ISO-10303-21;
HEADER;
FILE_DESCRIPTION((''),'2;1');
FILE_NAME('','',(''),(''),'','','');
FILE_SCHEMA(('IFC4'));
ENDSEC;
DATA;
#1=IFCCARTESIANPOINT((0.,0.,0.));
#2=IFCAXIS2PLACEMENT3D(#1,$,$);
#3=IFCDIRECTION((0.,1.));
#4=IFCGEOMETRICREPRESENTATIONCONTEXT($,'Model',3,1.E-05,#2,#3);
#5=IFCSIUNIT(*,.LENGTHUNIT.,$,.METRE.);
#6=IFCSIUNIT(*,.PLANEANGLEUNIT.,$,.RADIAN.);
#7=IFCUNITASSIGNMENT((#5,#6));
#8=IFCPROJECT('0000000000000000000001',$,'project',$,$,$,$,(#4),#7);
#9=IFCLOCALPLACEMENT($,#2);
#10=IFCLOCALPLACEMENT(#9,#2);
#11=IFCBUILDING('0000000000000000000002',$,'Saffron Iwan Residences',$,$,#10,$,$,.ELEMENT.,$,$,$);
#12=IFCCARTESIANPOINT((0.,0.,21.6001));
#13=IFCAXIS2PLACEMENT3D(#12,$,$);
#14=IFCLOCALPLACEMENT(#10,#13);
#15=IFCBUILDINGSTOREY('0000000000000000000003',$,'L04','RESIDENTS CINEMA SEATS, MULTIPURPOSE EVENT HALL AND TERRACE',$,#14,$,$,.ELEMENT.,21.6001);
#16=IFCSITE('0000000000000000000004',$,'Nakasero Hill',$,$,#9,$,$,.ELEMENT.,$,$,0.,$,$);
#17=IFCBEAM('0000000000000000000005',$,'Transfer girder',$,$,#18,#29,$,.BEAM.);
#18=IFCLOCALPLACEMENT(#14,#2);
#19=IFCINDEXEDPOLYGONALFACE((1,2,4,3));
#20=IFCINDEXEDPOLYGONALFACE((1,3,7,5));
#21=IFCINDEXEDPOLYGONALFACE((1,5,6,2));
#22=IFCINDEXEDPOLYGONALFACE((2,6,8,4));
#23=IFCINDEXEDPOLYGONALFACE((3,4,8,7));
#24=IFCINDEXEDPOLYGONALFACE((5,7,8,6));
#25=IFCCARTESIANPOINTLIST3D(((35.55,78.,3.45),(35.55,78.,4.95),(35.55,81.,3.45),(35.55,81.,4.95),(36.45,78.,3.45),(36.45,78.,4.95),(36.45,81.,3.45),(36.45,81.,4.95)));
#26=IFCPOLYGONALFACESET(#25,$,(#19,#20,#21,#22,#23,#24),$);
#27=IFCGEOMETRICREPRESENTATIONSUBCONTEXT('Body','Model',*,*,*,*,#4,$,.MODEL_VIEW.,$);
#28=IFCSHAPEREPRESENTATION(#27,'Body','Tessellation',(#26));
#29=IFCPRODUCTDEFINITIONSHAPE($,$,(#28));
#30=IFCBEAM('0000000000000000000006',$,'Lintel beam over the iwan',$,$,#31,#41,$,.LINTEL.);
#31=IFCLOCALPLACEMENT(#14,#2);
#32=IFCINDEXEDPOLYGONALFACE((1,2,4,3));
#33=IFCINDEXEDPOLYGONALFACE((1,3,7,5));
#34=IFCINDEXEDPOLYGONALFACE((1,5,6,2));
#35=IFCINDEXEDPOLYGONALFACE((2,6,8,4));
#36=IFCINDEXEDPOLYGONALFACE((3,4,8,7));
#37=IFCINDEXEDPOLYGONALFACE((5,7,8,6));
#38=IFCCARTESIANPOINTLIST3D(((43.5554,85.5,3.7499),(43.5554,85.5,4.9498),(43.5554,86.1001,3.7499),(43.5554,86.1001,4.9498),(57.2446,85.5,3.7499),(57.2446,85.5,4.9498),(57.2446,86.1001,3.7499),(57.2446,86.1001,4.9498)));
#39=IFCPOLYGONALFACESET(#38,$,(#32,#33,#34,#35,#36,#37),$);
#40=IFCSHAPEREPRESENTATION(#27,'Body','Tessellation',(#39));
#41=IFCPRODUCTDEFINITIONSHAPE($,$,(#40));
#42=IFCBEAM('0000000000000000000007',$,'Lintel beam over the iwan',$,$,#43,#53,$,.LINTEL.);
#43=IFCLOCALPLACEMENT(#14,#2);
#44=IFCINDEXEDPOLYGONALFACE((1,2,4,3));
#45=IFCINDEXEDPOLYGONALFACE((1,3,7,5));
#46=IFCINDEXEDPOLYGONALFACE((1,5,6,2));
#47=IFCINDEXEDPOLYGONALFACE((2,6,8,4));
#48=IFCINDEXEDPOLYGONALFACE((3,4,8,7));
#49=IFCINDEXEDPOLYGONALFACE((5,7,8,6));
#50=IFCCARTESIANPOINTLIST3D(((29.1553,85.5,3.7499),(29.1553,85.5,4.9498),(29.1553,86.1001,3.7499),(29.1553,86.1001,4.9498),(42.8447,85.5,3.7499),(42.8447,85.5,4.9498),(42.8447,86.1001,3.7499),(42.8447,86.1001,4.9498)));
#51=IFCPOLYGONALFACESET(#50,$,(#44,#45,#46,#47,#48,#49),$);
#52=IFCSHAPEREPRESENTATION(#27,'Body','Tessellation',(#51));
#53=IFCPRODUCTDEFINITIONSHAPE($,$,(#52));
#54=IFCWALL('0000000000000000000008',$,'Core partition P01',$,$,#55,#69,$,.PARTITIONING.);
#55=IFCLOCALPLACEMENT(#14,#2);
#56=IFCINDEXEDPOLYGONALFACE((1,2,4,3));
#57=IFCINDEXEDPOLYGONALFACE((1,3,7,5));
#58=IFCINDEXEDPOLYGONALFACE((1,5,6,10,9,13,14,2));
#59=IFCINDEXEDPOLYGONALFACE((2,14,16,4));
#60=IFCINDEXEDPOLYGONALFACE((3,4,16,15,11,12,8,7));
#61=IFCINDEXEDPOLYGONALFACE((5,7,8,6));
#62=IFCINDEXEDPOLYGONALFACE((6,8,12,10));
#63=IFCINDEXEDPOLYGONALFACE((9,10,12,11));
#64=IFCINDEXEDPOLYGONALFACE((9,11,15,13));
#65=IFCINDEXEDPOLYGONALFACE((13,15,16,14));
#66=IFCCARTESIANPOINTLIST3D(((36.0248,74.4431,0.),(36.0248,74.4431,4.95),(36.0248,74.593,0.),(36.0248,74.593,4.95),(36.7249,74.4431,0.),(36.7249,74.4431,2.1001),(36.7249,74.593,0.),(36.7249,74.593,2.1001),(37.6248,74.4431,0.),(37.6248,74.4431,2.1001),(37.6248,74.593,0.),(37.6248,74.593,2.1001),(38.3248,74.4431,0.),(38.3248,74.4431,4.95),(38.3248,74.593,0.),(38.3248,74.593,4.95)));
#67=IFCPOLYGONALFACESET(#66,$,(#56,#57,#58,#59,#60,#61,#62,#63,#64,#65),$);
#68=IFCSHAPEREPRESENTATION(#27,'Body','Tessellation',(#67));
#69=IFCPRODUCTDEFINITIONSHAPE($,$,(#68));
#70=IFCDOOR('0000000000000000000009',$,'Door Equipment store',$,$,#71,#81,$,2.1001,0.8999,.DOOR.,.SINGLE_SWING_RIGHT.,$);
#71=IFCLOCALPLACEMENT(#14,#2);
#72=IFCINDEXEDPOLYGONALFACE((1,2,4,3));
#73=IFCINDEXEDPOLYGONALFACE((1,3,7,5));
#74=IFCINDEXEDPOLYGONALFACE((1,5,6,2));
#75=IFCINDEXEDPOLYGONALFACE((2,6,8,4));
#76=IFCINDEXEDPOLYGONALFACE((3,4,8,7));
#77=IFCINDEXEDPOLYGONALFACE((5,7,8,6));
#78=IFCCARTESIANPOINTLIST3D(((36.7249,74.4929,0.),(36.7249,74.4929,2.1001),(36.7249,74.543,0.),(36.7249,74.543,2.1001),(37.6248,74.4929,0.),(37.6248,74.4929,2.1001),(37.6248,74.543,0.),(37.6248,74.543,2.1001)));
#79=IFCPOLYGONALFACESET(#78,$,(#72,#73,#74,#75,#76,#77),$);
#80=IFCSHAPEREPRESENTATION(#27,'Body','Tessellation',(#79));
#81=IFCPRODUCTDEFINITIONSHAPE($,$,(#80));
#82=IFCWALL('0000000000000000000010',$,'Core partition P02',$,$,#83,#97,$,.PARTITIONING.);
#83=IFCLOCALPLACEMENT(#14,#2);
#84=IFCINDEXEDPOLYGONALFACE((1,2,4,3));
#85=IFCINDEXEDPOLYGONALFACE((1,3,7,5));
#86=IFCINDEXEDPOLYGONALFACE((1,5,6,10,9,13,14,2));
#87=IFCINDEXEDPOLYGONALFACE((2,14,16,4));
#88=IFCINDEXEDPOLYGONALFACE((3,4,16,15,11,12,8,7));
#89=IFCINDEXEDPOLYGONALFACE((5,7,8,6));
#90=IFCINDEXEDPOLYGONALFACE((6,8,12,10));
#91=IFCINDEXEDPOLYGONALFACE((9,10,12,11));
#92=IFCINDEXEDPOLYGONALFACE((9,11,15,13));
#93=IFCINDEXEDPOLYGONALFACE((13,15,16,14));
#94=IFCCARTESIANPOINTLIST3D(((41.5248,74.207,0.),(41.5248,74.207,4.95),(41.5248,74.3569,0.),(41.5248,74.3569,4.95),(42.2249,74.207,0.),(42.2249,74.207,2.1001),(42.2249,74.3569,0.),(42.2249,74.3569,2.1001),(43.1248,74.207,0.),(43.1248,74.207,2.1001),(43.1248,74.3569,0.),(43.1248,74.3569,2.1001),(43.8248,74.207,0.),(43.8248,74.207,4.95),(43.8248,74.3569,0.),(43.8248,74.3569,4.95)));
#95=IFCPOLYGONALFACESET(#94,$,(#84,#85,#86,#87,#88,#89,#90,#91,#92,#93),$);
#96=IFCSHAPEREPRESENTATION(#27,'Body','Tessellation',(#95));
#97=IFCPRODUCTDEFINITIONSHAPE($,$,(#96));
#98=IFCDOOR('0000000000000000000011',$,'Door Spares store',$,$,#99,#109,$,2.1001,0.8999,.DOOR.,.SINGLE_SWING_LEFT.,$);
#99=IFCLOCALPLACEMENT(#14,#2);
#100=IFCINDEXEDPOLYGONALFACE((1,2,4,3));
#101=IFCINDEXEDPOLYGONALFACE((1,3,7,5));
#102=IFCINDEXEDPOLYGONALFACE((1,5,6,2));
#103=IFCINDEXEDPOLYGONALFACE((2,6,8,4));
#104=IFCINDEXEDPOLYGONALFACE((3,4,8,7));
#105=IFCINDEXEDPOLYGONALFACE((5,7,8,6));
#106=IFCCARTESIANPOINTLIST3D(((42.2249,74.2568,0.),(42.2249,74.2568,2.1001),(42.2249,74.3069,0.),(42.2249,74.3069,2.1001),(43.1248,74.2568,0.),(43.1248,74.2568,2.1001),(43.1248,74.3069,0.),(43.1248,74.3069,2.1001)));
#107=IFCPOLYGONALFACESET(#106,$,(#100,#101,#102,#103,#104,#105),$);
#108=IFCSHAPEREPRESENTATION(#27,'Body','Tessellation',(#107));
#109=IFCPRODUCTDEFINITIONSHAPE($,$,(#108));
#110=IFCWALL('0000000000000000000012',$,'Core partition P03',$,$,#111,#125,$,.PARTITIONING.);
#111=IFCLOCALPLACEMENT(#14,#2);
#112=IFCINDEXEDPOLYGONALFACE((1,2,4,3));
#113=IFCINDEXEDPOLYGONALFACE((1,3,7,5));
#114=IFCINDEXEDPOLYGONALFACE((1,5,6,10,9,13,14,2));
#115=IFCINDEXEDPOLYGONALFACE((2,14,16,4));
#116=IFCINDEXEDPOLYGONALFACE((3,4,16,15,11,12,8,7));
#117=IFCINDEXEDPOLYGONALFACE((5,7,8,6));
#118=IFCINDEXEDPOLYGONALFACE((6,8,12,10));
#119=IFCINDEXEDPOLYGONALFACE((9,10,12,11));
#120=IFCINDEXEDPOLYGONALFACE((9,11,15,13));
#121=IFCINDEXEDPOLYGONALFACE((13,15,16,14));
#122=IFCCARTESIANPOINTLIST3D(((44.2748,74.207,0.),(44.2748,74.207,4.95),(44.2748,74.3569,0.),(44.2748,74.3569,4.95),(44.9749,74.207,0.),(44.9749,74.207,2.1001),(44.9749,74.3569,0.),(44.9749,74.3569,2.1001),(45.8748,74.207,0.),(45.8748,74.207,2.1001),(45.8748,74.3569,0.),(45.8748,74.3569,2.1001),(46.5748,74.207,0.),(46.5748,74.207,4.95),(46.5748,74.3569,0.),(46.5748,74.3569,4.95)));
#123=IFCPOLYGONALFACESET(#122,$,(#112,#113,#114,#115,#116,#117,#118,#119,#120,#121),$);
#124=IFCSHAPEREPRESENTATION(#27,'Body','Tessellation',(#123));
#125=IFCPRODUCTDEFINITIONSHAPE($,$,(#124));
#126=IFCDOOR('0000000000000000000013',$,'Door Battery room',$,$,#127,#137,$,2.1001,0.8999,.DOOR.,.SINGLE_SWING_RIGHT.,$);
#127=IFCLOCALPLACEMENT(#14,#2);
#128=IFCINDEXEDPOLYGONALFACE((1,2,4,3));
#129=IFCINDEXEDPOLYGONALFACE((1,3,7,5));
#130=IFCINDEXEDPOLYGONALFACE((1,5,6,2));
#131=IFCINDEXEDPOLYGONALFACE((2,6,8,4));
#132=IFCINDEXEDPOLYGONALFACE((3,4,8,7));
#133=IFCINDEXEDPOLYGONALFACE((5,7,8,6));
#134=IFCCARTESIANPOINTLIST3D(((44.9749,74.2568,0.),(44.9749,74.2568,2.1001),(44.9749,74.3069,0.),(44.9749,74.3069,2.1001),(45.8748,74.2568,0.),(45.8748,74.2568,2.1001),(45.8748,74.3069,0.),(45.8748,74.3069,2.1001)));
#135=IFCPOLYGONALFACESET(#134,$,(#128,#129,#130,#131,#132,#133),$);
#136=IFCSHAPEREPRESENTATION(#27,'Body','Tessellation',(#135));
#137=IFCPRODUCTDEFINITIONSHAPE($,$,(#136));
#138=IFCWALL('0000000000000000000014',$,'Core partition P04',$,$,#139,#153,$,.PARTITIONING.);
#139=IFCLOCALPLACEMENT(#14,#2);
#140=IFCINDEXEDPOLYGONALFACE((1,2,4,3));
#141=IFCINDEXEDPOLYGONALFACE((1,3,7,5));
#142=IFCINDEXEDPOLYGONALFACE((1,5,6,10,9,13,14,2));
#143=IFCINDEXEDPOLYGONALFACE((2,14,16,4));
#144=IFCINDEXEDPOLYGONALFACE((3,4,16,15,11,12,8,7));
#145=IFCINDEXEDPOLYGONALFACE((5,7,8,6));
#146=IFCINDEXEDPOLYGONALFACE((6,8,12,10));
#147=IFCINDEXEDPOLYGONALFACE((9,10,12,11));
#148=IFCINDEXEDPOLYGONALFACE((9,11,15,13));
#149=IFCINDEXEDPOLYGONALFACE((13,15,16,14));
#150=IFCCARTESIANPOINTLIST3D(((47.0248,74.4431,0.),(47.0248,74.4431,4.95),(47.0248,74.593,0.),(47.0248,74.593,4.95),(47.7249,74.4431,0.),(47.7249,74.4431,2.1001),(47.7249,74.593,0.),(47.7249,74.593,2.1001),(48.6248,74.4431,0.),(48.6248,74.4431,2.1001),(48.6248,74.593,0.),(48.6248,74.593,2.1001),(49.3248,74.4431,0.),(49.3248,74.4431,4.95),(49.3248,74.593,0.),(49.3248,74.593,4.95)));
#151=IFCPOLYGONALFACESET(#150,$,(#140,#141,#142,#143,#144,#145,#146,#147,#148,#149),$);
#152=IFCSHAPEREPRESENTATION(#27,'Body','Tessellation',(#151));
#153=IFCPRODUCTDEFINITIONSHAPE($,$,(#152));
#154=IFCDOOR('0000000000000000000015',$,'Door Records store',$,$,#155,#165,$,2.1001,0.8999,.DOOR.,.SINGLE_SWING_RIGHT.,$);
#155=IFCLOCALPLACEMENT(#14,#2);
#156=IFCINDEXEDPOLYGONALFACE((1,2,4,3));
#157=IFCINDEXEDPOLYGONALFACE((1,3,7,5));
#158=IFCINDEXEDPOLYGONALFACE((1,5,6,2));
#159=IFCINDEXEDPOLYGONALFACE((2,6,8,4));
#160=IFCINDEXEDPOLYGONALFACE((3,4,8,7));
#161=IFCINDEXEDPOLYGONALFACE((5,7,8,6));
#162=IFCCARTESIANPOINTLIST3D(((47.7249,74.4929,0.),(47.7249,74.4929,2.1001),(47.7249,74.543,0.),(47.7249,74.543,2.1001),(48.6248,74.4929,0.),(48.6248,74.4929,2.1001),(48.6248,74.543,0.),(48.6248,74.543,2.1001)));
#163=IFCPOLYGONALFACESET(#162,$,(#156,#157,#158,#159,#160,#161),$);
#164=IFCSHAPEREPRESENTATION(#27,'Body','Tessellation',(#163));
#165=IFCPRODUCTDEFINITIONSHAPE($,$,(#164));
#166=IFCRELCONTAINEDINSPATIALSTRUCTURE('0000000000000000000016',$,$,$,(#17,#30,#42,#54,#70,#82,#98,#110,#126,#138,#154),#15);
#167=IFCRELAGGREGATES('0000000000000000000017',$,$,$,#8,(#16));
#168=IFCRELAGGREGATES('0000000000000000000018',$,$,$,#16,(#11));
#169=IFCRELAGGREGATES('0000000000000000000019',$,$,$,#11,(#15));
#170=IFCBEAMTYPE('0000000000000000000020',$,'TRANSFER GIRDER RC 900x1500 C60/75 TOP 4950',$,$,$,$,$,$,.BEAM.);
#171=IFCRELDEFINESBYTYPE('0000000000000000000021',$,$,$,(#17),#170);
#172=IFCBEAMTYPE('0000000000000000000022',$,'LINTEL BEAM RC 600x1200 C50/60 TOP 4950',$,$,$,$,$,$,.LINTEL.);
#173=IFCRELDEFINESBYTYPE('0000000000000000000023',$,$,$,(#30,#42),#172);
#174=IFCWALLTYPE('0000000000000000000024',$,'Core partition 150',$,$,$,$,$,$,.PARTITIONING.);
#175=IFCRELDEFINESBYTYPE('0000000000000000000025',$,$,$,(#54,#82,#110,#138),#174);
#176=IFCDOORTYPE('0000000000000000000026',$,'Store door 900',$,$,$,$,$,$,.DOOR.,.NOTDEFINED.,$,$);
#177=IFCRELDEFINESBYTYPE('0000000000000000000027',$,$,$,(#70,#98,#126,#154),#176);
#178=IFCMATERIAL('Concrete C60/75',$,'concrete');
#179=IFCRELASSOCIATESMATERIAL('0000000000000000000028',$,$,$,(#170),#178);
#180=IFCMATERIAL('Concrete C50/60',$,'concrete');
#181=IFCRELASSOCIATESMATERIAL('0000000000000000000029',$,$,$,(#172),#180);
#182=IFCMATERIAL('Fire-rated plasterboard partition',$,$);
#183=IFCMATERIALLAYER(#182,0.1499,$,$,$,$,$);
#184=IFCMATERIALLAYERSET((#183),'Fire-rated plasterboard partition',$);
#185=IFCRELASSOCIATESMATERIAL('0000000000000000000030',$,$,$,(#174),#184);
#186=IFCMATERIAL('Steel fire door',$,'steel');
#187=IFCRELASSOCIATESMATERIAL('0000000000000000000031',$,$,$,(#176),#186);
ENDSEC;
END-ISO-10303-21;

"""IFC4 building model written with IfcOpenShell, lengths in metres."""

from ifc_helpers import new_model, si_unit, direction, frame, frame_2d, origin, origin_2d, place, context, subcontext, project, spatial, rectangle, extrude, source, transform, mapped, material, layer, layer_set, material_profile, profile_set, type_object, element, fill, save


model = new_model("IFC4")

# Units and contexts
model_context = context("Model", 3, precision=1e-05, world=origin(), true_north=direction((0.0, 1.0)))
body_context = subcontext(model_context, "Body", "Model", "MODEL_VIEW")
ifc_project = project(units=[si_unit("LENGTHUNIT", "METRE"), si_unit("PLANEANGLEUNIT", "RADIAN")], contexts=[model_context])

# Site, building, storey
site_placement = place(None, origin())
site = spatial("IfcSite", under=ifc_project, at=site_placement, Name="Nakasero Hill", CompositionType="ELEMENT", RefElevation=0.0)
building_placement = place(site_placement, origin())
building = spatial("IfcBuilding", under=site, at=building_placement, Name="Saffron Iwan Residences", CompositionType="ELEMENT")
storey_placement = place(building_placement, frame((0.0, 0.0, 21.6001)))
storey = spatial("IfcBuildingStorey", under=building, at=storey_placement, Name="L04", Description="RESIDENTS CINEMA SEATS, MULTIPURPOSE EVENT HALL AND TERRACE", CompositionType="ELEMENT", Elevation=21.6001)

# Shared definitions
ifc_material_1 = material(Name="Concrete C50/60", Category="concrete")

# Beams
ifc_material_2 = material(Name="Concrete C60/75", Category="concrete")
ifc_material_profile_1 = material_profile(ifc_material_2, rectangle(XDim=0.8999, YDim=1.5, at=origin_2d()), Name="RC 900x1500")
ifc_profile_set_1 = profile_set([ifc_material_profile_1], Name="Concrete C60/75")
beam_type_1 = type_object("IfcBeamType", Name="TRANSFER GIRDER RC 900x1500 C60/75 TOP 4950", PredefinedType="BEAM", material=ifc_profile_set_1)
shared_shape_1 = source(origin(), body_context, "Body", "SweptSolid", [
    extrude(rectangle(XDim=0.8999, YDim=1.5, at=origin_2d()), origin(), (0.0, 0.0, 1.0), 3.0),
])
beam_1_placement = place(storey_placement, frame((36.0, 78.0, 4.2), z_axis=(0.0, 1.0, 0.0), x_axis=(-1.0, 0.0, 0.0)))
element("IfcBeam", 1, at=beam_1_placement, inside=storey, type_object=beam_type_1, Name="Transfer girder", PredefinedType="BEAM", context=body_context, shape_type="MappedRepresentation", body=[
    mapped(shared_shape_1, transform((0.0, 0.0, 0.0))),
])
ifc_material_profile_2 = material_profile(ifc_material_1, rectangle(XDim=0.6001, YDim=1.2, at=origin_2d()), Name="RC 600x1200")
ifc_profile_set_2 = profile_set([ifc_material_profile_2], Name="Concrete C50/60")
beam_type_2 = type_object("IfcBeamType", Name="LINTEL BEAM RC 600x1200 C50/60 TOP 4950", PredefinedType="LINTEL", material=ifc_profile_set_2)
shared_shape_2 = source(origin(), body_context, "Body", "SweptSolid", [
    extrude(rectangle(XDim=0.6001, YDim=1.2, at=origin_2d()), origin(), (0.0, 0.0, 1.0), 13.6892),
])
beam_2_placement = place(storey_placement, frame((43.5554, 85.8, 4.3499), z_axis=(1.0, 0.0, 0.0), x_axis=(0.0, 1.0, 0.0)))
element("IfcBeam", 2, at=beam_2_placement, inside=storey, type_object=beam_type_2, Name="Lintel beam over the iwan", PredefinedType="LINTEL", context=body_context, shape_type="MappedRepresentation", body=[
    mapped(shared_shape_2, transform((0.0, 0.0, 0.0))),
])
shared_shape_3 = source(origin(), body_context, "Body", "SweptSolid", [
    extrude(rectangle(XDim=0.6001, YDim=1.2, at=origin_2d()), origin(), (0.0, 0.0, 1.0), 13.6895),
])
beam_3_placement = place(storey_placement, frame((29.1553, 85.8, 4.3499), z_axis=(1.0, 0.0, 0.0), x_axis=(0.0, 1.0, 0.0)))
element("IfcBeam", 3, at=beam_3_placement, inside=storey, type_object=beam_type_2, Name="Lintel beam over the iwan", PredefinedType="LINTEL", context=body_context, shape_type="MappedRepresentation", body=[
    mapped(shared_shape_3, transform((0.0, 0.0, 0.0))),
])

# Walls, openings, doors
ifc_material_3 = material(Name="Fire-rated plasterboard partition")
ifc_layer_1 = layer(ifc_material_3, 0.1499)
ifc_layer_set_1 = layer_set([ifc_layer_1], Name="Fire-rated plasterboard partition")
wall_type_1 = type_object("IfcWallType", Name="Core partition 150", PredefinedType="PARTITIONING", material=ifc_layer_set_1)
wall_1_placement = place(storey_placement, frame((36.0249, 74.5181, 0.0), z_axis=(0.0, 0.0, 1.0), x_axis=(1.0, 0.0, 0.0)))
wall_1 = element("IfcWall", 4, at=wall_1_placement, inside=storey, type_object=wall_type_1, Name="Core partition P01", PredefinedType="PARTITIONING", context=body_context, shape_type="SweptSolid", body=[
    extrude(rectangle(XDim=2.3, YDim=0.1499, at=frame_2d((1.1499, 0.0))), origin(), (0.0, 0.0, 1.0), 4.95),
])
opening_1_placement = place(wall_1_placement, frame((0.7, 0.0, 0.0)))
opening_1 = element("IfcOpeningElement", 5, at=opening_1_placement, cuts=wall_1, PredefinedType="OPENING", context=body_context, shape_type="SweptSolid", body=[
    extrude(rectangle(XDim=0.8999, YDim=2.1001, at=frame_2d((0.45, 1.05))), frame((0.0, 0.085, 0.0), z_axis=(0.0, -1.0, 0.0), x_axis=(1.0, 0.0, 0.0)), (0.0, 0.0, 1.0), 0.1699),
])
ifc_material_4 = material(Name="Steel fire door", Category="steel")
door_type = type_object("IfcDoorType", Name="Store door 900", OperationType="NOTDEFINED", PredefinedType="DOOR", material=ifc_material_4)
door_1_placement = place(opening_1_placement, origin())
door_1 = element("IfcDoor", 6, at=door_1_placement, inside=storey, type_object=door_type, Name="Door Equipment store", OperationType="SINGLE_SWING_RIGHT", OverallHeight=2.1001, OverallWidth=0.8999, PredefinedType="DOOR", context=body_context, shape_type="SweptSolid", body=[
    extrude(rectangle(XDim=0.8999, YDim=2.1001, at=frame_2d((0.45, 1.05))), frame((0.0, 0.0249, 0.0), z_axis=(0.0, -1.0, 0.0), x_axis=(1.0, 0.0, 0.0)), (0.0, 0.0, 1.0), 0.05),
])
fill(opening_1, door_1)
wall_2_placement = place(storey_placement, frame((41.5249, 74.282, 0.0), z_axis=(0.0, 0.0, 1.0), x_axis=(1.0, 0.0, 0.0)))
wall_2 = element("IfcWall", 7, at=wall_2_placement, inside=storey, type_object=wall_type_1, Name="Core partition P02", PredefinedType="PARTITIONING", context=body_context, shape_type="SweptSolid", body=[
    extrude(rectangle(XDim=2.3, YDim=0.1499, at=frame_2d((1.1499, 0.0))), origin(), (0.0, 0.0, 1.0), 4.95),
])
opening_2_placement = place(wall_2_placement, frame((0.7, 0.0, 0.0)))
opening_2 = element("IfcOpeningElement", 8, at=opening_2_placement, cuts=wall_2, PredefinedType="OPENING", context=body_context, shape_type="SweptSolid", body=[
    extrude(rectangle(XDim=0.8999, YDim=2.1001, at=frame_2d((0.45, 1.05))), frame((0.0, 0.085, 0.0), z_axis=(0.0, -1.0, 0.0), x_axis=(1.0, 0.0, 0.0)), (0.0, 0.0, 1.0), 0.1699),
])
door_2_placement = place(opening_2_placement, origin())
door_2 = element("IfcDoor", 9, at=door_2_placement, inside=storey, type_object=door_type, Name="Door Spares store", OperationType="SINGLE_SWING_LEFT", OverallHeight=2.1001, OverallWidth=0.8999, PredefinedType="DOOR", context=body_context, shape_type="SweptSolid", body=[
    extrude(rectangle(XDim=0.8999, YDim=2.1001, at=frame_2d((0.45, 1.05))), frame((0.0, 0.0249, 0.0), z_axis=(0.0, -1.0, 0.0), x_axis=(1.0, 0.0, 0.0)), (0.0, 0.0, 1.0), 0.05),
])
fill(opening_2, door_2)
wall_3_placement = place(storey_placement, frame((44.2749, 74.282, 0.0), z_axis=(0.0, 0.0, 1.0), x_axis=(1.0, 0.0, 0.0)))
wall_3 = element("IfcWall", 10, at=wall_3_placement, inside=storey, type_object=wall_type_1, Name="Core partition P03", PredefinedType="PARTITIONING", context=body_context, shape_type="SweptSolid", body=[
    extrude(rectangle(XDim=2.3, YDim=0.1499, at=frame_2d((1.1499, 0.0))), origin(), (0.0, 0.0, 1.0), 4.95),
])
opening_3_placement = place(wall_3_placement, frame((0.7, 0.0, 0.0)))
opening_3 = element("IfcOpeningElement", 11, at=opening_3_placement, cuts=wall_3, PredefinedType="OPENING", context=body_context, shape_type="SweptSolid", body=[
    extrude(rectangle(XDim=0.8999, YDim=2.1001, at=frame_2d((0.45, 1.05))), frame((0.0, 0.085, 0.0), z_axis=(0.0, -1.0, 0.0), x_axis=(1.0, 0.0, 0.0)), (0.0, 0.0, 1.0), 0.1699),
])
door_3_placement = place(opening_3_placement, origin())
door_3 = element("IfcDoor", 12, at=door_3_placement, inside=storey, type_object=door_type, Name="Door Battery room", OperationType="SINGLE_SWING_RIGHT", OverallHeight=2.1001, OverallWidth=0.8999, PredefinedType="DOOR", context=body_context, shape_type="SweptSolid", body=[
    extrude(rectangle(XDim=0.8999, YDim=2.1001, at=frame_2d((0.45, 1.05))), frame((0.0, 0.0249, 0.0), z_axis=(0.0, -1.0, 0.0), x_axis=(1.0, 0.0, 0.0)), (0.0, 0.0, 1.0), 0.05),
])
fill(opening_3, door_3)
wall_4_placement = place(storey_placement, frame((47.0249, 74.5181, 0.0), z_axis=(0.0, 0.0, 1.0), x_axis=(1.0, 0.0, 0.0)))
wall_4 = element("IfcWall", 13, at=wall_4_placement, inside=storey, type_object=wall_type_1, Name="Core partition P04", PredefinedType="PARTITIONING", context=body_context, shape_type="SweptSolid", body=[
    extrude(rectangle(XDim=2.3, YDim=0.1499, at=frame_2d((1.1499, 0.0))), origin(), (0.0, 0.0, 1.0), 4.95),
])
opening_4_placement = place(wall_4_placement, frame((0.7, 0.0, 0.0)))
opening_4 = element("IfcOpeningElement", 14, at=opening_4_placement, cuts=wall_4, PredefinedType="OPENING", context=body_context, shape_type="SweptSolid", body=[
    extrude(rectangle(XDim=0.8999, YDim=2.1001, at=frame_2d((0.45, 1.05))), frame((0.0, 0.085, 0.0), z_axis=(0.0, -1.0, 0.0), x_axis=(1.0, 0.0, 0.0)), (0.0, 0.0, 1.0), 0.1699),
])
door_4_placement = place(opening_4_placement, origin())
door_4 = element("IfcDoor", 15, at=door_4_placement, inside=storey, type_object=door_type, Name="Door Records store", OperationType="SINGLE_SWING_RIGHT", OverallHeight=2.1001, OverallWidth=0.8999, PredefinedType="DOOR", context=body_context, shape_type="SweptSolid", body=[
    extrude(rectangle(XDim=0.8999, YDim=2.1001, at=frame_2d((0.45, 1.05))), frame((0.0, 0.0249, 0.0), z_axis=(0.0, -1.0, 0.0), x_axis=(1.0, 0.0, 0.0)), (0.0, 0.0, 1.0), 0.05),
])
fill(opening_4, door_4)

save(model, "model.ifc")
